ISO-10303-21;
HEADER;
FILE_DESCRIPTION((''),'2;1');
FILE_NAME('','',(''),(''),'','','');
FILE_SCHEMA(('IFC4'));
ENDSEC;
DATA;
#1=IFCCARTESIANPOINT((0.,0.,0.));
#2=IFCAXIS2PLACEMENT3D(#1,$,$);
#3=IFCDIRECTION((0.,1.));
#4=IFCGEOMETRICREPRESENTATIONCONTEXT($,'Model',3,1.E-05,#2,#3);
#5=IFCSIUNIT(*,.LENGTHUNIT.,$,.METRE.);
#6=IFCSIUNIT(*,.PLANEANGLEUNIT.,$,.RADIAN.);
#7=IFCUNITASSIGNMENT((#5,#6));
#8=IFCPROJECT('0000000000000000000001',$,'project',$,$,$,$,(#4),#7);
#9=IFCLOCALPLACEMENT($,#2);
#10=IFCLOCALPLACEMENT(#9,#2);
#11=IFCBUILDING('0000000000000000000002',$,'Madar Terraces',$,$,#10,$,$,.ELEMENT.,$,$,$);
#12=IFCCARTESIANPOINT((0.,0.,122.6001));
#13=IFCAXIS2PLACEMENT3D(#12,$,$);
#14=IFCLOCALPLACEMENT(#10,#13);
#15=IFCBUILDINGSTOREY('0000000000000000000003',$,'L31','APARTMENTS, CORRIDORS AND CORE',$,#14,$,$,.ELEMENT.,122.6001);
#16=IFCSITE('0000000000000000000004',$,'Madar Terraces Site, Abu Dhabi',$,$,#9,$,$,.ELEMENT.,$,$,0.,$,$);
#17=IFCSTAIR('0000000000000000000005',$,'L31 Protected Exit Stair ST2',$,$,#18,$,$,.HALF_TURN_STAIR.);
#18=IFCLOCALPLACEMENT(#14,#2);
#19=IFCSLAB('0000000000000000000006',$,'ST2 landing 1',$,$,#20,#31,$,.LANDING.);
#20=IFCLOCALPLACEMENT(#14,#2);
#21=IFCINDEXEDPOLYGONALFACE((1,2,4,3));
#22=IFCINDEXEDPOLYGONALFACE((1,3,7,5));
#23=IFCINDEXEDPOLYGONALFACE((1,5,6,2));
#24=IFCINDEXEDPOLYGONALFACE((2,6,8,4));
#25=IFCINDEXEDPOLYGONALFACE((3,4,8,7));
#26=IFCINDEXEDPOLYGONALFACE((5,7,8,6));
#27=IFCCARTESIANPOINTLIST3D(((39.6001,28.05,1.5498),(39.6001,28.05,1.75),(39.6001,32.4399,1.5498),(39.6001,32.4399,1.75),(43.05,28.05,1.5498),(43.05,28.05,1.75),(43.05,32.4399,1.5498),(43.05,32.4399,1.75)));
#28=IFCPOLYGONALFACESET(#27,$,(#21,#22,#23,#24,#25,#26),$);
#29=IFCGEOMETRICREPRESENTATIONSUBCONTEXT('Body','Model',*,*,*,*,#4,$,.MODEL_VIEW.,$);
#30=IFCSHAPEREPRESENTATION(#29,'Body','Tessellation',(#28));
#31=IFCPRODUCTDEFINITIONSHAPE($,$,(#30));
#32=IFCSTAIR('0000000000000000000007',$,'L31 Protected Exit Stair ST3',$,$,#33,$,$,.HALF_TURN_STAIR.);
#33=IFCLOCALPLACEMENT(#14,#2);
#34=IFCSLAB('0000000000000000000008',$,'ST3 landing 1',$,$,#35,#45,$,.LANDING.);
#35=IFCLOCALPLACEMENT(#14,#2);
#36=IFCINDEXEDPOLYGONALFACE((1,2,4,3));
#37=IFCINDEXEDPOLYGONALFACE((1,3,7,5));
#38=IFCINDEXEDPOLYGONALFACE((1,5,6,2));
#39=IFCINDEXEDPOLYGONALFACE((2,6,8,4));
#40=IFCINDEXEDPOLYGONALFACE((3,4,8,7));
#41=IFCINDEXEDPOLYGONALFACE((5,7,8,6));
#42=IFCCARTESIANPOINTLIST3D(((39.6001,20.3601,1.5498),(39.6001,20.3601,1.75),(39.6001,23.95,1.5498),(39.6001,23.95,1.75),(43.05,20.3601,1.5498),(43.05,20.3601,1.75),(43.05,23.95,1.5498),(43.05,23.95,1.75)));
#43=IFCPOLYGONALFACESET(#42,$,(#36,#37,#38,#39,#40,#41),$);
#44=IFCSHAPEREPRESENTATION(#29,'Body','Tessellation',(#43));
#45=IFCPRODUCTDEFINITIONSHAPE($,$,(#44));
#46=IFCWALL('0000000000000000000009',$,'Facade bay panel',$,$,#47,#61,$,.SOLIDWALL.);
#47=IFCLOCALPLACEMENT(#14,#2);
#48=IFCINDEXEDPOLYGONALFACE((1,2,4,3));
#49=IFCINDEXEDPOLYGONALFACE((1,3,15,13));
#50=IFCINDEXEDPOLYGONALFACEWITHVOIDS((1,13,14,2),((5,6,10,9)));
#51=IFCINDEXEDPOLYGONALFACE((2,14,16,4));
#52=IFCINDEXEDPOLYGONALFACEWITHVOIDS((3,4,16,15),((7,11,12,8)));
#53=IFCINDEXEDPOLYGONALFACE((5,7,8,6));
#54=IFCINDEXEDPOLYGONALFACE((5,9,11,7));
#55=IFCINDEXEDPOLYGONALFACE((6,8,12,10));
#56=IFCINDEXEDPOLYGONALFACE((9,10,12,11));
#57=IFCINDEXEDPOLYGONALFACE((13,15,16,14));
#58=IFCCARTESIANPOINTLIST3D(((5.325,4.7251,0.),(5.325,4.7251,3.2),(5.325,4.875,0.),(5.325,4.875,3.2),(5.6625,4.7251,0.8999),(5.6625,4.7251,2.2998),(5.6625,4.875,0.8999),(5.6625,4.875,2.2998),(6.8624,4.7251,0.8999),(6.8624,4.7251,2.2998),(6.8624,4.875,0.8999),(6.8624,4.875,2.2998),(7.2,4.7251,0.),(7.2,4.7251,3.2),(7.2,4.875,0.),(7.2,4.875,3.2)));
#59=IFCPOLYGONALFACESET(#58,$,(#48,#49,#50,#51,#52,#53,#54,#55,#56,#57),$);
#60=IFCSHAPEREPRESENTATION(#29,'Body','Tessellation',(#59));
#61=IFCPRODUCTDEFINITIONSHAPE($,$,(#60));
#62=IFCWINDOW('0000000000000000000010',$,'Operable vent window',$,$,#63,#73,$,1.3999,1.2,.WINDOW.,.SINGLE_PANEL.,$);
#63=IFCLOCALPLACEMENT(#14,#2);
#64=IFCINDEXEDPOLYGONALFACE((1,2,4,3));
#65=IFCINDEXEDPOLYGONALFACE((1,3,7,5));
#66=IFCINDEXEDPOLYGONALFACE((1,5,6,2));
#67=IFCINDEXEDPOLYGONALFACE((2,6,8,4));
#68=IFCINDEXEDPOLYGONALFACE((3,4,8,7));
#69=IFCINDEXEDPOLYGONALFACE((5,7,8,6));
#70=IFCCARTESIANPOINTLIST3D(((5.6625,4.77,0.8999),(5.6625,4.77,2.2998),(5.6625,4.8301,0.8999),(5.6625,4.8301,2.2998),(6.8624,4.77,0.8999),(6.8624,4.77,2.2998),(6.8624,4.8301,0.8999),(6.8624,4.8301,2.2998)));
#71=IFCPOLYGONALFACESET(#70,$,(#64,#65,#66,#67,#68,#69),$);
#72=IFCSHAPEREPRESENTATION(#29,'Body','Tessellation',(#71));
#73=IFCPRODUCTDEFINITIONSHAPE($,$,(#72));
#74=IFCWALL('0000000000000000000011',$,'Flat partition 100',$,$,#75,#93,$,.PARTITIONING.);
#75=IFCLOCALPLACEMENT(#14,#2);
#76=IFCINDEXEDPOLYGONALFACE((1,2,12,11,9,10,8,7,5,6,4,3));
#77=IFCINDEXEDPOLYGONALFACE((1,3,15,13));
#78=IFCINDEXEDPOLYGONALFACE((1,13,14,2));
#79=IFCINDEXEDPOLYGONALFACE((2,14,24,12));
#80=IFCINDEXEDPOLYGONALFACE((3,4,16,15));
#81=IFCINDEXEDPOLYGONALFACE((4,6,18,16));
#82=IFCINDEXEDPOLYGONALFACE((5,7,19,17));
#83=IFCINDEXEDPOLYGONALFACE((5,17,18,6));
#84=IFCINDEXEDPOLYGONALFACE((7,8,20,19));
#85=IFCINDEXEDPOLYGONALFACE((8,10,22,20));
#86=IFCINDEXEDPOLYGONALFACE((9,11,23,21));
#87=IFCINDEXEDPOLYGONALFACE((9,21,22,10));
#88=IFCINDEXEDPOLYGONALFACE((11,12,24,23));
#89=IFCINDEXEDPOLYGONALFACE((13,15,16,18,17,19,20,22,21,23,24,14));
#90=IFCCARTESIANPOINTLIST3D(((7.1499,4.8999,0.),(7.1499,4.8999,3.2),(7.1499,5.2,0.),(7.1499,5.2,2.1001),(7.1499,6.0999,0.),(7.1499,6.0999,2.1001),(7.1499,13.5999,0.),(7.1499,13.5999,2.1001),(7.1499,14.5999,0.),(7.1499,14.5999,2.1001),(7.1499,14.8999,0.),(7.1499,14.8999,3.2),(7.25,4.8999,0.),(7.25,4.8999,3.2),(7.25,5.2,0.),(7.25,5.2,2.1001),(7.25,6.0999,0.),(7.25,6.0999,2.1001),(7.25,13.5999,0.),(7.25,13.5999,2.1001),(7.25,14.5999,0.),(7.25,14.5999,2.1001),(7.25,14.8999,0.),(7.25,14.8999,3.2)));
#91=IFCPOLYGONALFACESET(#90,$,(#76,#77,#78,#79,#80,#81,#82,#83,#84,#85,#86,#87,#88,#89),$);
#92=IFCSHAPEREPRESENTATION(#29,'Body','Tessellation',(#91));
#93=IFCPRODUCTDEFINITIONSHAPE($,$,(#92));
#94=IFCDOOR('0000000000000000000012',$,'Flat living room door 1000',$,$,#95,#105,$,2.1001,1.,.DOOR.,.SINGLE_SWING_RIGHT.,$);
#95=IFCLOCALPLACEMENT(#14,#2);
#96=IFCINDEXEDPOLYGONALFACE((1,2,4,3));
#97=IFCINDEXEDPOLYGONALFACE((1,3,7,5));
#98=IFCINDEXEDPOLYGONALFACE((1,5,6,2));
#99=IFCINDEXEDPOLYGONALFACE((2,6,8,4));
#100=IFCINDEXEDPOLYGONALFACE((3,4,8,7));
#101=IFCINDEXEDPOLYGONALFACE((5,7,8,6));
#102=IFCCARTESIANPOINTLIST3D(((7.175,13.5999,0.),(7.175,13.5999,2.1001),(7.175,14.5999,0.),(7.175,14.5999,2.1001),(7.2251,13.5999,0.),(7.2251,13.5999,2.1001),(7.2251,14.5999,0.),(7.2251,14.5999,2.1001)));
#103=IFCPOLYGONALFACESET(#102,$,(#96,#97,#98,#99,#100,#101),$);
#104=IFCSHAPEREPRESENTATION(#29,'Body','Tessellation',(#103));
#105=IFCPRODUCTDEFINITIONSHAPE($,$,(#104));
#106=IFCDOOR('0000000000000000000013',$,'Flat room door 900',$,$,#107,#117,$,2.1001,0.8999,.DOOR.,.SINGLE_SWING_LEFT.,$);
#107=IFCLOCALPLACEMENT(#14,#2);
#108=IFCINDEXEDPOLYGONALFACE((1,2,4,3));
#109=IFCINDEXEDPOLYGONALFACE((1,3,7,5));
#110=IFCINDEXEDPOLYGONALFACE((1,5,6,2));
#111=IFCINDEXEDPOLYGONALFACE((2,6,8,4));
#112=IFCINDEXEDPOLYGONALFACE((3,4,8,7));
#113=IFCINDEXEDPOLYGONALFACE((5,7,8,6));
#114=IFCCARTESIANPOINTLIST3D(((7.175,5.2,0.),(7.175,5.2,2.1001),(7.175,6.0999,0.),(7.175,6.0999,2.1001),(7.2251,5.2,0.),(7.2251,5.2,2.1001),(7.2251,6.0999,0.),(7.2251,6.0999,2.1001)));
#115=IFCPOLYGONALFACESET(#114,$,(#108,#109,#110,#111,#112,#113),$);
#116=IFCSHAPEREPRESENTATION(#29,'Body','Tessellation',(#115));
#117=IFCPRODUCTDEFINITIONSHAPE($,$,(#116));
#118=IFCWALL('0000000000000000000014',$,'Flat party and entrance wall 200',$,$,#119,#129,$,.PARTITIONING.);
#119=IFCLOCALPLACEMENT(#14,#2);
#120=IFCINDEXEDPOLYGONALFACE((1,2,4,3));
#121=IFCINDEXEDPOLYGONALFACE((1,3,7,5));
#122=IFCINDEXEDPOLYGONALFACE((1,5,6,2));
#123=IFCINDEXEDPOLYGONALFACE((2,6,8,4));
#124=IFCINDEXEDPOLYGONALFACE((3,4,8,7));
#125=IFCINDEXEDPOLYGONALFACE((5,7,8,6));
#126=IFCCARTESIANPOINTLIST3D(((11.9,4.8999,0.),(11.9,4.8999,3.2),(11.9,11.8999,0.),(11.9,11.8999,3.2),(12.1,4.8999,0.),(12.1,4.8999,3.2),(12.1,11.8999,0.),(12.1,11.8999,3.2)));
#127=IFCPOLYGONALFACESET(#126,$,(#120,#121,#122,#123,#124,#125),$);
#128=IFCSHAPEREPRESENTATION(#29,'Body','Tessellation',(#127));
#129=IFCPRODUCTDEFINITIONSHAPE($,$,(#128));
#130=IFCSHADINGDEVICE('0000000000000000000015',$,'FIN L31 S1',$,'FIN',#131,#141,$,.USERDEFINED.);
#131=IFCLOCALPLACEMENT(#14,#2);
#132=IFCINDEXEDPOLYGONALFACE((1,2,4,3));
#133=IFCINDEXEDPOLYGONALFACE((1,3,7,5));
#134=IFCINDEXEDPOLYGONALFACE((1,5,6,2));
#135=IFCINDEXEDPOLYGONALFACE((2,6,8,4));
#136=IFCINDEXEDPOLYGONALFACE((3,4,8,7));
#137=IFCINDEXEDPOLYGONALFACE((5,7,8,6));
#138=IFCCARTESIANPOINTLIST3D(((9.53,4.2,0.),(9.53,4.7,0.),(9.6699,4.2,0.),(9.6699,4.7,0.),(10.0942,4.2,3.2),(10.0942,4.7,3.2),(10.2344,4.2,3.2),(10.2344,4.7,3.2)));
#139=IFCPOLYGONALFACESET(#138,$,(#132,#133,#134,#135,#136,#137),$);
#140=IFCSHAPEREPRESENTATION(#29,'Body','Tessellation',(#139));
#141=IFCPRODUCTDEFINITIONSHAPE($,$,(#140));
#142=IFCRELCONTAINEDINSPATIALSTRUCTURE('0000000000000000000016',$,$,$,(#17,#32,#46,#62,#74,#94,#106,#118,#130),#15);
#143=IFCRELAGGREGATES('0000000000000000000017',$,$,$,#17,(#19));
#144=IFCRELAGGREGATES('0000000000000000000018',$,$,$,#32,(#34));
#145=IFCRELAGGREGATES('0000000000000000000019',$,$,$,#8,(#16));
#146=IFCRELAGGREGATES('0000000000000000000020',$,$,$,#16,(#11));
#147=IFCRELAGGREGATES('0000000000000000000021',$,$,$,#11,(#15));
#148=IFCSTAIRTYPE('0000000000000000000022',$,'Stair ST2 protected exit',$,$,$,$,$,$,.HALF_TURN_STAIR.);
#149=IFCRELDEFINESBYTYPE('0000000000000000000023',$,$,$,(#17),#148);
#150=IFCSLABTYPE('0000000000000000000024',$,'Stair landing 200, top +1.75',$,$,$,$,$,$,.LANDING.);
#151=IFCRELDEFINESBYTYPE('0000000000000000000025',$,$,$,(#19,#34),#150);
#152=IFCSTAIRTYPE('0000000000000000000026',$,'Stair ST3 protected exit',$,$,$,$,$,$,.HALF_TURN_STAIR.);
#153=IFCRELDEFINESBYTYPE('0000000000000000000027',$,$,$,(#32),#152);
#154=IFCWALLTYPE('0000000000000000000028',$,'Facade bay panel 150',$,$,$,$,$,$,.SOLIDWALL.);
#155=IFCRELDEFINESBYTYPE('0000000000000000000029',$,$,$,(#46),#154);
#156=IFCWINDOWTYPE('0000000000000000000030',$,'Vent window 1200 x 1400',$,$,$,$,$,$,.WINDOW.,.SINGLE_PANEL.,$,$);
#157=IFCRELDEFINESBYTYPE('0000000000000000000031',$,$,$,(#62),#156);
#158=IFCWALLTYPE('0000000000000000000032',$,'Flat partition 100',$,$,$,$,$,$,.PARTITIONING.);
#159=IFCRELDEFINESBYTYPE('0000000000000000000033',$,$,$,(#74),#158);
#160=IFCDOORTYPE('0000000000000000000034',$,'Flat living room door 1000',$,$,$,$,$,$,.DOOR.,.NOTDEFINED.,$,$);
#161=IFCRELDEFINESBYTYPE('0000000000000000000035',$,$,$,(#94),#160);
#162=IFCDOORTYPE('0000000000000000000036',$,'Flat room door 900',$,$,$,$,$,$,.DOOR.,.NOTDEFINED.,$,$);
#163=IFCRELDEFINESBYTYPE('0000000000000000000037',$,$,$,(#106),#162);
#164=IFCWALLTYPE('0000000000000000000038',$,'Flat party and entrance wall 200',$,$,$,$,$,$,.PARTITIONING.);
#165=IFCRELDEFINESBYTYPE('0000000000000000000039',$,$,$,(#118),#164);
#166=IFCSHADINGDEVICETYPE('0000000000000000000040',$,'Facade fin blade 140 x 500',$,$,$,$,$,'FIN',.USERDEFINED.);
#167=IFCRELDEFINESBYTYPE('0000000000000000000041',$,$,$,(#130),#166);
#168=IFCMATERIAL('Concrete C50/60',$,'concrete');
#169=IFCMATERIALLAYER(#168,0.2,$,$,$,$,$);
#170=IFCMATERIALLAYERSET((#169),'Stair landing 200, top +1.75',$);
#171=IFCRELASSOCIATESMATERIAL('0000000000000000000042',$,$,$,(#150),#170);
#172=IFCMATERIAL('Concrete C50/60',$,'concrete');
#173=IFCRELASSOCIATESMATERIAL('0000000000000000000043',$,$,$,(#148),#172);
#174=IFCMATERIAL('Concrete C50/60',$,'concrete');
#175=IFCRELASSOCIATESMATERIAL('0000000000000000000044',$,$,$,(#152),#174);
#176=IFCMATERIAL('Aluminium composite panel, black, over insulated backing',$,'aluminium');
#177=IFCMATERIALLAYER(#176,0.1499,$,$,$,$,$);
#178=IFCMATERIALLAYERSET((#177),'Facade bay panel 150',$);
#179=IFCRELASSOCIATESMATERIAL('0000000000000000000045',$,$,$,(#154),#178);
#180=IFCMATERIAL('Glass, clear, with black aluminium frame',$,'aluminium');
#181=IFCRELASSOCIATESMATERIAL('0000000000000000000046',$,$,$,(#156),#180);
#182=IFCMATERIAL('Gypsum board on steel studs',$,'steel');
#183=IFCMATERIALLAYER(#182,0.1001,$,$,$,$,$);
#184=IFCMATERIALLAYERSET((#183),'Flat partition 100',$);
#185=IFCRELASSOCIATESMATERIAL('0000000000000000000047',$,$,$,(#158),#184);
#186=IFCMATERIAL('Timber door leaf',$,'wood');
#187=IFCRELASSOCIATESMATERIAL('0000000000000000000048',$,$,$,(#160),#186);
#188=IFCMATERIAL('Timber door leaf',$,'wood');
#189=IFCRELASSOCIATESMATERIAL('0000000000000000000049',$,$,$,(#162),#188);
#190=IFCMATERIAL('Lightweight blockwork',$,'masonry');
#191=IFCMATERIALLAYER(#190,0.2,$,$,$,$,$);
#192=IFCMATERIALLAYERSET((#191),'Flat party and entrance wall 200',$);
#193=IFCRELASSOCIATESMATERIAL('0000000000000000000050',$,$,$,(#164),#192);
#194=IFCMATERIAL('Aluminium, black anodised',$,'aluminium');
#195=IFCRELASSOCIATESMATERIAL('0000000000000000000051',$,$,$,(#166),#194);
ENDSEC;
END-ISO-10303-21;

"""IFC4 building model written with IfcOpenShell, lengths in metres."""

from ifc_helpers import new_model, si_unit, direction, frame, frame_2d, origin, place, context, subcontext, project, spatial, polyline, rectangle, outline, extrude, material, layer, layer_set, type_object, element, fill, aggregate, save


model = new_model("IFC4")

# Units and contexts
model_context = context("Model", 3, precision=1e-05, world=origin(), true_north=direction((0.0, 1.0)))
body_context = subcontext(model_context, "Body", "Model", "MODEL_VIEW")
ifc_project = project(units=[si_unit("LENGTHUNIT", "METRE"), si_unit("PLANEANGLEUNIT", "RADIAN")], contexts=[model_context])

# Site, building, storey
site_placement = place(None, origin())
site = spatial("IfcSite", under=ifc_project, at=site_placement, Name="Madar Terraces Site, Abu Dhabi", CompositionType="ELEMENT", RefElevation=0.0)
building_placement = place(site_placement, origin())
building = spatial("IfcBuilding", under=site, at=building_placement, Name="Madar Terraces", CompositionType="ELEMENT")
storey_placement = place(building_placement, frame((0.0, 0.0, 122.6001)))
storey = spatial("IfcBuildingStorey", under=building, at=storey_placement, Name="L31", Description="APARTMENTS, CORRIDORS AND CORE", CompositionType="ELEMENT", Elevation=122.6001)

# Stairs, slabs
ifc_material_1 = material(Name="Concrete C50/60", Category="concrete")
ifc_layer_1 = layer(ifc_material_1, 0.2)
ifc_layer_set_1 = layer_set([ifc_layer_1], Name="Stair landing 200, top +1.75")
slab_type_1 = type_object("IfcSlabType", Name="Stair landing 200, top +1.75", PredefinedType="LANDING", material=ifc_layer_set_1)
ifc_material_2 = material(Name="Concrete C50/60", Category="concrete")
stair_type_1 = type_object("IfcStairType", Name="Stair ST2 protected exit", PredefinedType="HALF_TURN_STAIR", material=ifc_material_2)
stair_1_placement = place(storey_placement, origin())
stair_1 = element("IfcStair", 1, at=stair_1_placement, inside=storey, type_object=stair_type_1, Name="L31 Protected Exit Stair ST2", PredefinedType="HALF_TURN_STAIR")
slab_1_placement = place(storey_placement, frame((0.0, 0.0, 1.5498)))
slab_1 = element("IfcSlab", 2, at=slab_1_placement, type_object=slab_type_1, Name="ST2 landing 1", PredefinedType="LANDING", context=body_context, shape_type="SweptSolid", body=[
    extrude(outline(polyline([(39.6001, 28.05), (43.05, 28.05), (43.05, 32.4399), (39.6001, 32.4399), (39.6001, 28.05)])), origin(), (0.0, 0.0, 1.0), 0.2002),
])
aggregate(stair_1, [slab_1])
ifc_material_3 = material(Name="Concrete C50/60", Category="concrete")
stair_type_2 = type_object("IfcStairType", Name="Stair ST3 protected exit", PredefinedType="HALF_TURN_STAIR", material=ifc_material_3)
stair_2_placement = place(storey_placement, origin())
stair_2 = element("IfcStair", 3, at=stair_2_placement, inside=storey, type_object=stair_type_2, Name="L31 Protected Exit Stair ST3", PredefinedType="HALF_TURN_STAIR")
slab_2_placement = place(storey_placement, frame((0.0, 0.0, 1.5498)))
slab_2 = element("IfcSlab", 4, at=slab_2_placement, type_object=slab_type_1, Name="ST3 landing 1", PredefinedType="LANDING", context=body_context, shape_type="SweptSolid", body=[
    extrude(outline(polyline([(39.6001, 20.3601), (43.05, 20.3601), (43.05, 23.95), (39.6001, 23.95), (39.6001, 20.3601)])), origin(), (0.0, 0.0, 1.0), 0.2002),
])
aggregate(stair_2, [slab_2])

# Wall, opening, window
ifc_material_4 = material(Name="Aluminium composite panel, black, over insulated backing", Category="aluminium")
ifc_layer_2 = layer(ifc_material_4, 0.1499)
ifc_layer_set_2 = layer_set([ifc_layer_2], Name="Facade bay panel 150")
wall_type_1 = type_object("IfcWallType", Name="Facade bay panel 150", PredefinedType="SOLIDWALL", material=ifc_layer_set_2)
wall_1_placement = place(storey_placement, frame((5.325, 4.8, 0.0), z_axis=(0.0, 0.0, 1.0), x_axis=(1.0, 0.0, 0.0)))
wall_1 = element("IfcWall", 5, at=wall_1_placement, inside=storey, type_object=wall_type_1, Name="Facade bay panel", PredefinedType="SOLIDWALL", context=body_context, shape_type="SweptSolid", body=[
    extrude(rectangle(XDim=1.875, YDim=0.1499, at=frame_2d((0.9375, 0.0))), origin(), (0.0, 0.0, 1.0), 3.2),
])
opening_1_placement = place(wall_1_placement, frame((0.3374, 0.0, 0.8999)))
opening_1 = element("IfcOpeningElement", 6, at=opening_1_placement, cuts=wall_1, PredefinedType="OPENING", context=body_context, shape_type="SweptSolid", body=[
    extrude(rectangle(XDim=1.2, YDim=1.3999, at=frame_2d((0.6001, 0.7))), frame((0.0, 0.085, 0.0), z_axis=(0.0, -1.0, 0.0), x_axis=(1.0, 0.0, 0.0)), (0.0, 0.0, 1.0), 0.1699),
])
ifc_material_5 = material(Name="Glass, clear, with black aluminium frame", Category="aluminium")
window_type = type_object("IfcWindowType", Name="Vent window 1200 x 1400", PartitioningType="SINGLE_PANEL", PredefinedType="WINDOW", material=ifc_material_5)
window_placement = place(opening_1_placement, origin())
window = element("IfcWindow", 7, at=window_placement, inside=storey, type_object=window_type, Name="Operable vent window", OverallHeight=1.3999, OverallWidth=1.2, PartitioningType="SINGLE_PANEL", PredefinedType="WINDOW", context=body_context, shape_type="SweptSolid", body=[
    extrude(rectangle(XDim=1.2, YDim=1.3999, at=frame_2d((0.6001, 0.7))), frame((0.0, 0.03, 0.0), z_axis=(0.0, -1.0, 0.0), x_axis=(1.0, 0.0, 0.0)), (0.0, 0.0, 1.0), 0.0601),
])
fill(opening_1, window)

# Wall, openings, doors
ifc_material_6 = material(Name="Gypsum board on steel studs", Category="steel")
ifc_layer_3 = layer(ifc_material_6, 0.1001)
ifc_layer_set_3 = layer_set([ifc_layer_3], Name="Flat partition 100")
wall_type_2 = type_object("IfcWallType", Name="Flat partition 100", PredefinedType="PARTITIONING", material=ifc_layer_set_3)
wall_2_placement = place(storey_placement, frame((7.2, 4.8999, 0.0), z_axis=(0.0, 0.0, 1.0), x_axis=(0.0, 1.0, 0.0)))
wall_2 = element("IfcWall", 8, at=wall_2_placement, inside=storey, type_object=wall_type_2, Name="Flat partition 100", PredefinedType="PARTITIONING", context=body_context, shape_type="SweptSolid", body=[
    extrude(rectangle(XDim=10.0, YDim=0.1001, at=frame_2d((5.0, 0.0))), origin(), (0.0, 0.0, 1.0), 3.2),
])
opening_2_placement = place(wall_2_placement, frame((8.7, 0.0, 0.0)))
opening_2 = element("IfcOpeningElement", 9, at=opening_2_placement, cuts=wall_2, PredefinedType="OPENING", context=body_context, shape_type="SweptSolid", body=[
    extrude(rectangle(XDim=1.0, YDim=2.1001, at=frame_2d((0.5, 1.05))), frame((0.0, 0.0601, 0.0), z_axis=(0.0, -1.0, 0.0), x_axis=(1.0, 0.0, 0.0)), (0.0, 0.0, 1.0), 0.1201),
])
opening_3_placement = place(wall_2_placement, frame((0.3, 0.0, 0.0)))
opening_3 = element("IfcOpeningElement", 10, at=opening_3_placement, cuts=wall_2, PredefinedType="OPENING", context=body_context, shape_type="SweptSolid", body=[
    extrude(rectangle(XDim=0.8999, YDim=2.1001, at=frame_2d((0.45, 1.05))), frame((0.0, 0.0601, 0.0), z_axis=(0.0, -1.0, 0.0), x_axis=(1.0, 0.0, 0.0)), (0.0, 0.0, 1.0), 0.1201),
])
ifc_material_7 = material(Name="Timber door leaf", Category="wood")
door_type_1 = type_object("IfcDoorType", Name="Flat living room door 1000", OperationType="NOTDEFINED", PredefinedType="DOOR", material=ifc_material_7)
door_1_placement = place(opening_2_placement, origin())
door_1 = element("IfcDoor", 11, at=door_1_placement, inside=storey, type_object=door_type_1, Name="Flat living room door 1000", OperationType="SINGLE_SWING_RIGHT", OverallHeight=2.1001, OverallWidth=1.0, PredefinedType="DOOR", context=body_context, shape_type="SweptSolid", body=[
    extrude(rectangle(XDim=1.0, YDim=2.1001, at=frame_2d((0.5, 1.05))), frame((0.0, 0.0249, 0.0), z_axis=(0.0, -1.0, 0.0), x_axis=(1.0, 0.0, 0.0)), (0.0, 0.0, 1.0), 0.05),
])
fill(opening_2, door_1)
ifc_material_8 = material(Name="Timber door leaf", Category="wood")
door_type_2 = type_object("IfcDoorType", Name="Flat room door 900", OperationType="NOTDEFINED", PredefinedType="DOOR", material=ifc_material_8)
door_2_placement = place(opening_3_placement, origin())
door_2 = element("IfcDoor", 12, at=door_2_placement, inside=storey, type_object=door_type_2, Name="Flat room door 900", OperationType="SINGLE_SWING_LEFT", OverallHeight=2.1001, OverallWidth=0.8999, PredefinedType="DOOR", context=body_context, shape_type="SweptSolid", body=[
    extrude(rectangle(XDim=0.8999, YDim=2.1001, at=frame_2d((0.45, 1.05))), frame((0.0, 0.0249, 0.0), z_axis=(0.0, -1.0, 0.0), x_axis=(1.0, 0.0, 0.0)), (0.0, 0.0, 1.0), 0.05),
])
fill(opening_3, door_2)

# Wall
ifc_material_9 = material(Name="Lightweight blockwork", Category="masonry")
ifc_layer_4 = layer(ifc_material_9, 0.2)
ifc_layer_set_4 = layer_set([ifc_layer_4], Name="Flat party and entrance wall 200")
wall_type_3 = type_object("IfcWallType", Name="Flat party and entrance wall 200", PredefinedType="PARTITIONING", material=ifc_layer_set_4)
wall_3_placement = place(storey_placement, frame((12.0, 4.8999, 0.0), z_axis=(0.0, 0.0, 1.0), x_axis=(0.0, 1.0, 0.0)))
element("IfcWall", 13, at=wall_3_placement, inside=storey, type_object=wall_type_3, Name="Flat party and entrance wall 200", PredefinedType="PARTITIONING", context=body_context, shape_type="SweptSolid", body=[
    extrude(rectangle(XDim=7.0, YDim=0.2, at=frame_2d((3.5, 0.0))), origin(), (0.0, 0.0, 1.0), 3.2),
])

# Shading device
ifc_material_10 = material(Name="Aluminium, black anodised", Category="aluminium")
shading_device_type = type_object("IfcShadingDeviceType", Name="Facade fin blade 140 x 500", ElementType="FIN", PredefinedType="USERDEFINED", material=ifc_material_10)
shading_device_placement = place(storey_placement, frame((9.53, 4.45, 0.0), z_axis=(0.0, 0.0, 1.0), x_axis=(1.0, 0.0, 0.0)))
element("IfcShadingDevice", 14, at=shading_device_placement, inside=storey, type_object=shading_device_type, Name="FIN L31 S1", ObjectType="FIN", PredefinedType="USERDEFINED", context=body_context, shape_type="SweptSolid", body=[
    extrude(outline(polyline([(0.0, 0.0), (0.1399, 0.0), (0.7043, 3.2), (0.5642, 3.2), (0.0, 0.0)])), frame((0.0, 0.25, 0.0), z_axis=(0.0, -1.0, 0.0), x_axis=(1.0, 0.0, 0.0)), (0.0, 0.0, 1.0), 0.5),
])

save(model, "model.ifc")
